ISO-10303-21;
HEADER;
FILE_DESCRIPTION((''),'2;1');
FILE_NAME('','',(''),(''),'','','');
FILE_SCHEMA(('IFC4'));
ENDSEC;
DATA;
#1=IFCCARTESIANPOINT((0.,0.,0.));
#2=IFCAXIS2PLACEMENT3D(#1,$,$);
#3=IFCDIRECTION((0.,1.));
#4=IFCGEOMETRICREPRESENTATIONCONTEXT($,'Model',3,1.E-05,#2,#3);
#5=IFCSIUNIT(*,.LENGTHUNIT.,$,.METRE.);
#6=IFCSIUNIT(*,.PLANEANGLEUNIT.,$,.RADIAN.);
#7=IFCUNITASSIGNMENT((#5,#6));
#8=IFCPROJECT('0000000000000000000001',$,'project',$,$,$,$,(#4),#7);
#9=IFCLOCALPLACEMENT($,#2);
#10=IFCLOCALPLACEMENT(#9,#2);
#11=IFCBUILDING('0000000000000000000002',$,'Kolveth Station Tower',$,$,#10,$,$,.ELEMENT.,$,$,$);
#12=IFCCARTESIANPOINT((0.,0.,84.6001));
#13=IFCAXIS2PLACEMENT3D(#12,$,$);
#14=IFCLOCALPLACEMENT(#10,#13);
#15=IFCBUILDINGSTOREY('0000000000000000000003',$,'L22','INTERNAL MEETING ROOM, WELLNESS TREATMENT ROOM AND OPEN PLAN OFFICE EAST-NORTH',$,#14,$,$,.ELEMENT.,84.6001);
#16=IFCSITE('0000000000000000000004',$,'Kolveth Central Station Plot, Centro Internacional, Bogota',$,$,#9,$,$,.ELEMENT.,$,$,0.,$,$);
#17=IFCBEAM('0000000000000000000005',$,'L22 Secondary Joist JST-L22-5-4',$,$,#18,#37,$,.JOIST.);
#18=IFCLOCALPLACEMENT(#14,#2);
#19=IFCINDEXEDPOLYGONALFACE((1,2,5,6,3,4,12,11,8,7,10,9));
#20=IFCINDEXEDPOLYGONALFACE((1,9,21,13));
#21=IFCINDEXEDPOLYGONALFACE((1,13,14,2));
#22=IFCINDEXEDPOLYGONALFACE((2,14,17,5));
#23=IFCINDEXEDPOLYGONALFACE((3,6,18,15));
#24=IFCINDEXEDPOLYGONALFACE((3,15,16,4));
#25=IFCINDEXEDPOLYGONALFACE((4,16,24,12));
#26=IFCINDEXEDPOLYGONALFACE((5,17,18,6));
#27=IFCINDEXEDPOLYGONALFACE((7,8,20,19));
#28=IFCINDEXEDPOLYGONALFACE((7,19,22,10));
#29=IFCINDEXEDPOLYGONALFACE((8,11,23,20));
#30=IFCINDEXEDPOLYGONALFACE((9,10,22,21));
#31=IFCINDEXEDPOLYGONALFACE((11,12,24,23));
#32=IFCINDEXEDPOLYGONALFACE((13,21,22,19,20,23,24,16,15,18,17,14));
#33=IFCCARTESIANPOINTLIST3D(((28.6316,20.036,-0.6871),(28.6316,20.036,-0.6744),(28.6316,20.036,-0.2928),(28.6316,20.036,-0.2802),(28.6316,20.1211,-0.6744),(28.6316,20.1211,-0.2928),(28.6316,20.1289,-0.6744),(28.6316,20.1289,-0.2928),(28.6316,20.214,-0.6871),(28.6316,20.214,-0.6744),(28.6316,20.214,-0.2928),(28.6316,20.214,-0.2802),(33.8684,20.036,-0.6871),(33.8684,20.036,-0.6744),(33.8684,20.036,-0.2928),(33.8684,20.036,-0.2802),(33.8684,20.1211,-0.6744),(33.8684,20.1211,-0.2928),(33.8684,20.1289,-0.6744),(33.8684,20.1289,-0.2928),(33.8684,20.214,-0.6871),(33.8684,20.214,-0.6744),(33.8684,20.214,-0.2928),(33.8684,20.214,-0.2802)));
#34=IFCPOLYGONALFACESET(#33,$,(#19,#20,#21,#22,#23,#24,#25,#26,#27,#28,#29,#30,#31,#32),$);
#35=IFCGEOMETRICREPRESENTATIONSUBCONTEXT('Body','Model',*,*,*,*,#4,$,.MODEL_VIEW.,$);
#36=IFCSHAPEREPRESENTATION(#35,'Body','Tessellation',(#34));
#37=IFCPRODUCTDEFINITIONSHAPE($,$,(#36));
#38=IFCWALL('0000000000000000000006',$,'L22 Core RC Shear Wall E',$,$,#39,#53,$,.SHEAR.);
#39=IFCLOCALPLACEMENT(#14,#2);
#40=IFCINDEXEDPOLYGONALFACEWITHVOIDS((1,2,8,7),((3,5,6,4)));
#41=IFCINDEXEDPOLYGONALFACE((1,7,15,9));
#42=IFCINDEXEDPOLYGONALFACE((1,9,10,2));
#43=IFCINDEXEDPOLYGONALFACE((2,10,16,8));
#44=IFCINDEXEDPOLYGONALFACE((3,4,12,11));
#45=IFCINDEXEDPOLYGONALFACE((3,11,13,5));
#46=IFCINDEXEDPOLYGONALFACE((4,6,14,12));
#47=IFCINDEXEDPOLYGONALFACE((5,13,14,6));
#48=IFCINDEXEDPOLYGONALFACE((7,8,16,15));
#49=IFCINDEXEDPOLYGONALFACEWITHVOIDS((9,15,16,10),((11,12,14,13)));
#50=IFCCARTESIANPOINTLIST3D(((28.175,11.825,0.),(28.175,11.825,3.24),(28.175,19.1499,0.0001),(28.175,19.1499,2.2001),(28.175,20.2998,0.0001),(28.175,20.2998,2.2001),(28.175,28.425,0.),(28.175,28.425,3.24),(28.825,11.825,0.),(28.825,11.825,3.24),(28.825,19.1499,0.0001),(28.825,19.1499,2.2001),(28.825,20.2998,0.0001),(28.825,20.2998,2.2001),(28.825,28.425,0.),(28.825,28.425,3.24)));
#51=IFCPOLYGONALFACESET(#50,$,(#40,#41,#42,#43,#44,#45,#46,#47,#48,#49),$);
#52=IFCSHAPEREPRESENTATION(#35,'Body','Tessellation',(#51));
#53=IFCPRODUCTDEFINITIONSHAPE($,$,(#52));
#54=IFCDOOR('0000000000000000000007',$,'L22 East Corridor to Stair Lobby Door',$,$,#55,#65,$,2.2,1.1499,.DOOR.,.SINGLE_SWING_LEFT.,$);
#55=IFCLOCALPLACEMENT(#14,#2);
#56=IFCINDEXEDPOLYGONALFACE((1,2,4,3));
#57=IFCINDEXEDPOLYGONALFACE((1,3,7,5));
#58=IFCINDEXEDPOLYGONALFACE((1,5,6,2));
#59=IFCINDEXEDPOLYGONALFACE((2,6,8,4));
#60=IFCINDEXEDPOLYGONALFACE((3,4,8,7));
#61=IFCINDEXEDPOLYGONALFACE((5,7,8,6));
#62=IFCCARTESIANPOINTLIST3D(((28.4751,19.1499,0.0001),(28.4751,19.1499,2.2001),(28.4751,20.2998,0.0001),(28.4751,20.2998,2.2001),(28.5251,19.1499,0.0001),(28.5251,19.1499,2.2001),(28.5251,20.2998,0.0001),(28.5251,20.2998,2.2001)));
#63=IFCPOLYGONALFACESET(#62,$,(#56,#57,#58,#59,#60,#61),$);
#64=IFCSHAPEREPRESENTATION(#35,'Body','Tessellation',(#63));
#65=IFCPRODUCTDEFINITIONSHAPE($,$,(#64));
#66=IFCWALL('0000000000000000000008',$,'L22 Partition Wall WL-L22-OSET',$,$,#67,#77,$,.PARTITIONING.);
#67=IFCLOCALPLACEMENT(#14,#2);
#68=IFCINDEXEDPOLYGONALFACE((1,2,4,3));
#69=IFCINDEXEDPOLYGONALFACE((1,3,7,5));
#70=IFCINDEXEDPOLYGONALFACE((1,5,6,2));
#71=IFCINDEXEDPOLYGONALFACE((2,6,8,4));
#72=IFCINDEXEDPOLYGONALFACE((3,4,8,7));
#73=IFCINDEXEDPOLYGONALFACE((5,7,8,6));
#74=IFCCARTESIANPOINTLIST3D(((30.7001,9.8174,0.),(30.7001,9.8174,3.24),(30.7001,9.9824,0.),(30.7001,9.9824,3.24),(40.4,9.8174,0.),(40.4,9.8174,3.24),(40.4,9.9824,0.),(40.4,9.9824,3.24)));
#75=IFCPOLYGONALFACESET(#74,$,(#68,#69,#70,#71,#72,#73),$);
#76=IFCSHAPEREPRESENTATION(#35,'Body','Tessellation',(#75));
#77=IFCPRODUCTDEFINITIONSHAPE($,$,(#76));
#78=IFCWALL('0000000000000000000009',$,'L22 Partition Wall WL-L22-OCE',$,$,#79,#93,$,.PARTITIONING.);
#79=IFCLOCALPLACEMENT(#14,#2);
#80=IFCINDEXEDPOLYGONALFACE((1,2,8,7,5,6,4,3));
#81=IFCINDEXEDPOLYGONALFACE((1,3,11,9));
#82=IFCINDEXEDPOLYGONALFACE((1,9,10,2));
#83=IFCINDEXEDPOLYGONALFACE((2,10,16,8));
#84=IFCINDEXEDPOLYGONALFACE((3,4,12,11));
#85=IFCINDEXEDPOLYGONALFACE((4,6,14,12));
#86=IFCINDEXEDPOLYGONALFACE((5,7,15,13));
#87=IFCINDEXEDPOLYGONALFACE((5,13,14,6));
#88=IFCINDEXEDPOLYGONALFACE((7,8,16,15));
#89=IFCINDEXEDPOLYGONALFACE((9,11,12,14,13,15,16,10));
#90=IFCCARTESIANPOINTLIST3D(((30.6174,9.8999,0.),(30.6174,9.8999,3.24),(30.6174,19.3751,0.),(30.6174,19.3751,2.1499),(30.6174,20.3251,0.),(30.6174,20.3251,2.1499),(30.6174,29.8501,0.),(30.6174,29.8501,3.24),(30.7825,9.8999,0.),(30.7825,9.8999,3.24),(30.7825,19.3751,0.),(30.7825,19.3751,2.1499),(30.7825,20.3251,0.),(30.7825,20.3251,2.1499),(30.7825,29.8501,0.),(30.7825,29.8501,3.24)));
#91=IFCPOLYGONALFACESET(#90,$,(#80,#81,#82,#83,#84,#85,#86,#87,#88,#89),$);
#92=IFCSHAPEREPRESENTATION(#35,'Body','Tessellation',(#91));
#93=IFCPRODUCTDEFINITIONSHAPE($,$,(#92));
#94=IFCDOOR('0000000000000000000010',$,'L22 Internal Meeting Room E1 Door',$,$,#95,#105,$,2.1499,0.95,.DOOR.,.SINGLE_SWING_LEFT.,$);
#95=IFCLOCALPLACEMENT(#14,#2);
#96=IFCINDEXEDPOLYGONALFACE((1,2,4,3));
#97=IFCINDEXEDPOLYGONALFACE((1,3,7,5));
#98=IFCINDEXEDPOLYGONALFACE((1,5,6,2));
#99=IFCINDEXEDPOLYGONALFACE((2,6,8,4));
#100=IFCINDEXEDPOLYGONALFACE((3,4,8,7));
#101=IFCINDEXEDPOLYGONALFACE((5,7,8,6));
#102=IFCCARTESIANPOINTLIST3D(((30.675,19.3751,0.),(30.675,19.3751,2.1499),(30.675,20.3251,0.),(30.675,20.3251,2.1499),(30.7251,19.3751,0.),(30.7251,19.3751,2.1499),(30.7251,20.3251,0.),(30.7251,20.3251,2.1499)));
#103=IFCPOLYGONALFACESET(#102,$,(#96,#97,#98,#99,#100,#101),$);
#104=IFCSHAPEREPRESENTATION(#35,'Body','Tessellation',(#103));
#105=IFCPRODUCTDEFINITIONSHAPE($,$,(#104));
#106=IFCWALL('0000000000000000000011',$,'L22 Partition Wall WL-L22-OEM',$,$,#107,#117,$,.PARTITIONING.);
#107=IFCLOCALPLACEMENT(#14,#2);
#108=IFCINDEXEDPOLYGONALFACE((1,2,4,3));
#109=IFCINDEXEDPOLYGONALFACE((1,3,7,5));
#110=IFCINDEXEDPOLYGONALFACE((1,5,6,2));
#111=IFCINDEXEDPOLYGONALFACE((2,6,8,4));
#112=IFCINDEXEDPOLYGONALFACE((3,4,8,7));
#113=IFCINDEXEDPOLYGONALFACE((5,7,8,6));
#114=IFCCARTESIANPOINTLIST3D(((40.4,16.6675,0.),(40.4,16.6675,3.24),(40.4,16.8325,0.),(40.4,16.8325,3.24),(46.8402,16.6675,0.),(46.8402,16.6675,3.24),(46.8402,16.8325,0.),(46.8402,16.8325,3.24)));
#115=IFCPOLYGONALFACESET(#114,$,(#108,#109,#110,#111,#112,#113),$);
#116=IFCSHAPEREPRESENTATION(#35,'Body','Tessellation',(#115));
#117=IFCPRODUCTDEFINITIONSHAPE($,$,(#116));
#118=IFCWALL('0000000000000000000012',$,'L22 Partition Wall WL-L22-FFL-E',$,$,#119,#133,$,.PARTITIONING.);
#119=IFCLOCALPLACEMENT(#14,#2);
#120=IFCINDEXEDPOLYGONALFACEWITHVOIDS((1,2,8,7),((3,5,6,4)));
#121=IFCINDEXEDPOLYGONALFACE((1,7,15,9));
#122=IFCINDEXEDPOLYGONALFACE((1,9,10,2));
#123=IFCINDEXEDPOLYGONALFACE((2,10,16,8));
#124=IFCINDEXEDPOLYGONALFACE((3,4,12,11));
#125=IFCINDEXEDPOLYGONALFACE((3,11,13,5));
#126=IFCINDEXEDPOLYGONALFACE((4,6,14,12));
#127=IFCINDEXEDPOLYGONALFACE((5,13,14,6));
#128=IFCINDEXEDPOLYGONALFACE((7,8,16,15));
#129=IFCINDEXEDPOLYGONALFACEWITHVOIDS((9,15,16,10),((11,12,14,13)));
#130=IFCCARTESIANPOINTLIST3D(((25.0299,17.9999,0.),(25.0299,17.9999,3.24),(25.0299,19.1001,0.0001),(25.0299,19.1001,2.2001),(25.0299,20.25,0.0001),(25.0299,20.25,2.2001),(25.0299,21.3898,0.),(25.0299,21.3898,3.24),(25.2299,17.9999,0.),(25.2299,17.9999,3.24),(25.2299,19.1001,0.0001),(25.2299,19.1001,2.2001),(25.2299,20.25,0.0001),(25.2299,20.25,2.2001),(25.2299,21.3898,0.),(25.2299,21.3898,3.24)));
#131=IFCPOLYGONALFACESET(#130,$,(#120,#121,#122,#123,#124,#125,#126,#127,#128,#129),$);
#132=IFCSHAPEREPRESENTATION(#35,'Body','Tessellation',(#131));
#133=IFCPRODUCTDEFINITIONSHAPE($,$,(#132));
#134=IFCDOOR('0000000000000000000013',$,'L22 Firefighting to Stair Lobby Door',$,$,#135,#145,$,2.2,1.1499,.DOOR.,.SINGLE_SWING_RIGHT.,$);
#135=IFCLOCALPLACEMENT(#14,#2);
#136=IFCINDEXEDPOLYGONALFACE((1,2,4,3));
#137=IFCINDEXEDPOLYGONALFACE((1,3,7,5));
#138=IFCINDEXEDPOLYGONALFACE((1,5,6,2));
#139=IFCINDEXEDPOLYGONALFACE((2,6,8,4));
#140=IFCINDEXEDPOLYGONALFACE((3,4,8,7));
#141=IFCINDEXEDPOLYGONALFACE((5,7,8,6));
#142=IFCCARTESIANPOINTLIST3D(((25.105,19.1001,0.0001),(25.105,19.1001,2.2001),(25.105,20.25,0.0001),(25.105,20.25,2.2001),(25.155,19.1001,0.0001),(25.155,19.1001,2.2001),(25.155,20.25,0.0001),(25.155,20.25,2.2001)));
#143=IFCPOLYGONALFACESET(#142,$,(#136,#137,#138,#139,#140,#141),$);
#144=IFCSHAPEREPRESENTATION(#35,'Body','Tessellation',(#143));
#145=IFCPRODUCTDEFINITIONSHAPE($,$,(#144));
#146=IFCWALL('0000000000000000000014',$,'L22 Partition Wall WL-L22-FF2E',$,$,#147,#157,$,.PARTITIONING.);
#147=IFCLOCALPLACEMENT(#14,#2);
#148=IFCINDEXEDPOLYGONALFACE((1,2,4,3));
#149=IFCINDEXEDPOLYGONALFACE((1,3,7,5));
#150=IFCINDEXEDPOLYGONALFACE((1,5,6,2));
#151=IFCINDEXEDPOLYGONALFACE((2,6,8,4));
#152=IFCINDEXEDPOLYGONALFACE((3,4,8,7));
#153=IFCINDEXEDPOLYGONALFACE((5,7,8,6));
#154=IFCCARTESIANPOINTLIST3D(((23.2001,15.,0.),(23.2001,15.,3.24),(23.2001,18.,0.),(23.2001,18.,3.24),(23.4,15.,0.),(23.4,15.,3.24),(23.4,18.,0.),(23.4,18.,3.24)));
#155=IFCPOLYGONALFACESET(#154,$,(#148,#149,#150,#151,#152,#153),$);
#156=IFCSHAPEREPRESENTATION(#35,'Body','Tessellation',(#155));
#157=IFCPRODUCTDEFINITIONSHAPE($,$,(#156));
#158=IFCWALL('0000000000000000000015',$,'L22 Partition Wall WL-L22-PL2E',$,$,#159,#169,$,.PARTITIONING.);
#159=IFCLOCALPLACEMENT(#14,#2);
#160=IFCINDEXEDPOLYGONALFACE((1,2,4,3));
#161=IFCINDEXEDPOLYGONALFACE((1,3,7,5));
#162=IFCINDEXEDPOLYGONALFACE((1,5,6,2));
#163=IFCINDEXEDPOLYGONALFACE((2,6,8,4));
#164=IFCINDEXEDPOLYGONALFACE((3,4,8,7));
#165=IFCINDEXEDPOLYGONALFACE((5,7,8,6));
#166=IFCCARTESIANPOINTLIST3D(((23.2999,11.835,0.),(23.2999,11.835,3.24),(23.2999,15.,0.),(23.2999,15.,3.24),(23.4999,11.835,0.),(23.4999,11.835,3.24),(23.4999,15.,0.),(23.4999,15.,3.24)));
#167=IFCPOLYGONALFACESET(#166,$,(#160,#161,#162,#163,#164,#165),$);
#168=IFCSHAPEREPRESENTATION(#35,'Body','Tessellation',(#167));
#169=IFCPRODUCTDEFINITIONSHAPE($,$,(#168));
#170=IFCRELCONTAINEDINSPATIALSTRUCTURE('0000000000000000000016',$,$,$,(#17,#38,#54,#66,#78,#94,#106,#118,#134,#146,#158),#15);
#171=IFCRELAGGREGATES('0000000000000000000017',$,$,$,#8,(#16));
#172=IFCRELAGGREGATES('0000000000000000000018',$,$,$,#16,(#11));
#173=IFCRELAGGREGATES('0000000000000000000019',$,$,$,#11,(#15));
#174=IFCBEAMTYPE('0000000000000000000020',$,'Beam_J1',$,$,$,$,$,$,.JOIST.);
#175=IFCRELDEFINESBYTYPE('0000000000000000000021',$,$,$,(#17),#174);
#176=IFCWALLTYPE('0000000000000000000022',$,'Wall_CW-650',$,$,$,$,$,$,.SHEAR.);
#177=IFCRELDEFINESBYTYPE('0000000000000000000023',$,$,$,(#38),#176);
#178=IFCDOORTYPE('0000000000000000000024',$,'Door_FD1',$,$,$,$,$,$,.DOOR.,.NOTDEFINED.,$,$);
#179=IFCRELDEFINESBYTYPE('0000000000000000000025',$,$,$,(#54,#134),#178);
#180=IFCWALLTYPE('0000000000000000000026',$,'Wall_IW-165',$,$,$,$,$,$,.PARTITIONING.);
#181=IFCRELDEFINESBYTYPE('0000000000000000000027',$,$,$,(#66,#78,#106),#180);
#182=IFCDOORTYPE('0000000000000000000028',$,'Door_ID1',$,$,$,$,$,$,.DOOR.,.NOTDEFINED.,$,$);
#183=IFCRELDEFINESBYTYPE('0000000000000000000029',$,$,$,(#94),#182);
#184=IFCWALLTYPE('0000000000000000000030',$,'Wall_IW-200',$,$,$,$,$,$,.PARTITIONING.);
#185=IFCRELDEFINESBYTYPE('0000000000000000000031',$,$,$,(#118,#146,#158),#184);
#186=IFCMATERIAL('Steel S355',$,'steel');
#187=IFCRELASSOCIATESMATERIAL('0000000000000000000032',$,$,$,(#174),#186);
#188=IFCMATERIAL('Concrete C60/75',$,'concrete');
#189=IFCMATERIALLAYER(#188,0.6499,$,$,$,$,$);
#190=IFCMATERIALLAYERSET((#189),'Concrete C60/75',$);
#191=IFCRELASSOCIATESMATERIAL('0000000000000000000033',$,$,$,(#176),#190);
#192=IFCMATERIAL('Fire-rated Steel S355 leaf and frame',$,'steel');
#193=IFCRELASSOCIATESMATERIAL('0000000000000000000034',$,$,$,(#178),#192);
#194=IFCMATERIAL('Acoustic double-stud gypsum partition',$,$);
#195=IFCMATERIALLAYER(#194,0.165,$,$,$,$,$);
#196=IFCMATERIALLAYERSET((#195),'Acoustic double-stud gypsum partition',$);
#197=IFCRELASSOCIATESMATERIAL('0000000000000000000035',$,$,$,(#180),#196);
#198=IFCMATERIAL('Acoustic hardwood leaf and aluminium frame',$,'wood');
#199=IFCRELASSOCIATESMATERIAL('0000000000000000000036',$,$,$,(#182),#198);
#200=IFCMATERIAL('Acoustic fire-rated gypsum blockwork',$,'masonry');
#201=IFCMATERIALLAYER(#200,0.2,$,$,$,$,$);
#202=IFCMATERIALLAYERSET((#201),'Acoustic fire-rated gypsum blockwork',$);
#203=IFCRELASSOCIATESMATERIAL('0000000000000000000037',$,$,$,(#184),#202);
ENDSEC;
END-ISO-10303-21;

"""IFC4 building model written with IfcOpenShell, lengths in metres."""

from ifc_helpers import new_model, si_unit, direction, frame, frame_2d, origin, origin_2d, place, context, subcontext, project, spatial, rectangle, i_section, extrude, source, transform, mapped, material, layer, layer_set, material_profile, profile_set, type_object, element, fill, save


model = new_model("IFC4")

# Units and contexts
model_context = context("Model", 3, precision=1e-05, world=origin(), true_north=direction((0.0, 1.0)))
body_context = subcontext(model_context, "Body", "Model", "MODEL_VIEW")
ifc_project = project(units=[si_unit("LENGTHUNIT", "METRE"), si_unit("PLANEANGLEUNIT", "RADIAN")], contexts=[model_context])

# Site, building, storey
site_placement = place(None, origin())
site = spatial("IfcSite", under=ifc_project, at=site_placement, Name="Kolveth Central Station Plot, Centro Internacional, Bogota", CompositionType="ELEMENT", RefElevation=0.0)
building_placement = place(site_placement, origin())
building = spatial("IfcBuilding", under=site, at=building_placement, Name="Kolveth Station Tower", CompositionType="ELEMENT")
storey_placement = place(building_placement, frame((0.0, 0.0, 84.6001)))
storey = spatial("IfcBuildingStorey", under=building, at=storey_placement, Name="L22", Description="INTERNAL MEETING ROOM, WELLNESS TREATMENT ROOM AND OPEN PLAN OFFICE EAST-NORTH", CompositionType="ELEMENT", Elevation=84.6001)

# Beam
ifc_material_1 = material(Name="Steel S355", Category="steel")
ifc_material_profile_1 = material_profile(ifc_material_1, i_section(OverallWidth=0.178, OverallDepth=0.407, WebThickness=0.0078, FlangeThickness=0.0127, at=origin_2d()), Name="W410x60")
ifc_profile_set_1 = profile_set([ifc_material_profile_1], Name="Steel S355")
beam_type_1 = type_object("IfcBeamType", Name="Beam_J1", PredefinedType="JOIST", material=ifc_profile_set_1)
shared_shape_1 = source(origin(), body_context, "Body", "SweptSolid", [
    extrude(i_section(OverallWidth=0.178, OverallDepth=0.407, WebThickness=0.0078, FlangeThickness=0.0127, at=origin_2d()), origin(), (0.0, 0.0, 1.0), 5.2368),
])
for number, where, z_axis, x_axis, name in (
    (1, (28.6316, 20.125, -0.4836), (1.0, 0.0, 0.0), (0.0, 1.0, 0.0), "L22 Secondary Joist JST-L22-5-4"),
):
    element("IfcBeam", number, at=place(storey_placement, frame(where, z_axis=z_axis, x_axis=x_axis)), inside=storey, type_object=beam_type_1, Name=name, PredefinedType="JOIST", context=body_context, shape_type="MappedRepresentation", body=[
        mapped(shared_shape_1, transform((0.0, 0.0, 0.0), x_axis=(1.0, 0.0, 0.0), y_axis=(0.0, 1.0, 0.0), z_axis=(0.0, 0.0, 1.0), scale=1.0)),
    ])

# Wall, opening, door
ifc_material_2 = material(Name="Concrete C60/75", Category="concrete")
ifc_layer_1 = layer(ifc_material_2, 0.6499)
ifc_layer_set_1 = layer_set([ifc_layer_1], Name="Concrete C60/75")
wall_type_1 = type_object("IfcWallType", Name="Wall_CW-650", PredefinedType="SHEAR", material=ifc_layer_set_1)
wall_1_placement = place(storey_placement, frame((28.5, 11.825, 0.0), z_axis=(0.0, 0.0, 1.0), x_axis=(0.0, 1.0, 0.0)))
wall_1 = element("IfcWall", 2, at=wall_1_placement, inside=storey, type_object=wall_type_1, Name="L22 Core RC Shear Wall E", PredefinedType="SHEAR", context=body_context, shape_type="SweptSolid", body=[
    extrude(rectangle(XDim=16.6001, YDim=0.6499, at=frame_2d((8.3, 0.0))), origin(), (0.0, 0.0, 1.0), 3.24),
])
opening_1_placement = place(wall_1_placement, frame((7.325, 0.0, 0.0)))
opening_1 = element("IfcOpeningElement", 3, at=opening_1_placement, cuts=wall_1, PredefinedType="OPENING", context=body_context, shape_type="SweptSolid", body=[
    extrude(rectangle(XDim=1.1499, YDim=2.2, at=frame_2d((0.575, 1.1001))), frame((0.0, 0.335, 0.0), z_axis=(0.0, -1.0, 0.0), x_axis=(1.0, 0.0, 0.0)), (0.0, 0.0, 1.0), 0.6699),
])
ifc_material_3 = material(Name="Fire-rated Steel S355 leaf and frame", Category="steel")
door_type_1 = type_object("IfcDoorType", Name="Door_FD1", OperationType="NOTDEFINED", PredefinedType="DOOR", material=ifc_material_3)
door_1_placement = place(opening_1_placement, origin())
door_1 = element("IfcDoor", 4, at=door_1_placement, inside=storey, type_object=door_type_1, Name="L22 East Corridor to Stair Lobby Door", OperationType="SINGLE_SWING_LEFT", OverallHeight=2.2, OverallWidth=1.1499, PredefinedType="DOOR", context=body_context, shape_type="SweptSolid", body=[
    extrude(rectangle(XDim=1.1499, YDim=2.2, at=frame_2d((0.575, 1.1001))), frame((0.0, 0.0249, 0.0), z_axis=(0.0, -1.0, 0.0), x_axis=(1.0, 0.0, 0.0)), (0.0, 0.0, 1.0), 0.05),
])
fill(opening_1, door_1)

# Wall
ifc_material_4 = material(Name="Acoustic double-stud gypsum partition")
ifc_layer_2 = layer(ifc_material_4, 0.165)
ifc_layer_set_2 = layer_set([ifc_layer_2], Name="Acoustic double-stud gypsum partition")
wall_type_2 = type_object("IfcWallType", Name="Wall_IW-165", PredefinedType="PARTITIONING", material=ifc_layer_set_2)
wall_2_placement = place(storey_placement, frame((30.7, 9.8999, 0.0), z_axis=(0.0, 0.0, 1.0), x_axis=(1.0, 0.0, 0.0)))
element("IfcWall", 5, at=wall_2_placement, inside=storey, type_object=wall_type_2, Name="L22 Partition Wall WL-L22-OSET", PredefinedType="PARTITIONING", context=body_context, shape_type="SweptSolid", body=[
    extrude(rectangle(XDim=9.7, YDim=0.165, at=frame_2d((4.8501, 0.0))), origin(), (0.0, 0.0, 1.0), 3.24),
])

# Wall, opening, door
wall_3_placement = place(storey_placement, frame((30.7, 9.8999, 0.0), z_axis=(0.0, 0.0, 1.0), x_axis=(0.0, 1.0, 0.0)))
wall_3 = element("IfcWall", 6, at=wall_3_placement, inside=storey, type_object=wall_type_2, Name="L22 Partition Wall WL-L22-OCE", PredefinedType="PARTITIONING", context=body_context, shape_type="SweptSolid", body=[
    extrude(rectangle(XDim=19.9502, YDim=0.165, at=frame_2d((9.9751, 0.0))), origin(), (0.0, 0.0, 1.0), 3.24),
])
opening_2_placement = place(wall_3_placement, frame((9.4751, 0.0, 0.0)))
opening_2 = element("IfcOpeningElement", 7, at=opening_2_placement, cuts=wall_3, PredefinedType="OPENING", context=body_context, shape_type="SweptSolid", body=[
    extrude(rectangle(XDim=0.95, YDim=2.1499, at=frame_2d((0.4751, 1.075))), frame((0.0, 0.0925, 0.0), z_axis=(0.0, -1.0, 0.0), x_axis=(1.0, 0.0, 0.0)), (0.0, 0.0, 1.0), 0.1851),
])
ifc_material_5 = material(Name="Acoustic hardwood leaf and aluminium frame", Category="wood")
door_type_2 = type_object("IfcDoorType", Name="Door_ID1", OperationType="NOTDEFINED", PredefinedType="DOOR", material=ifc_material_5)
door_2_placement = place(opening_2_placement, origin())
door_2 = element("IfcDoor", 8, at=door_2_placement, inside=storey, type_object=door_type_2, Name="L22 Internal Meeting Room E1 Door", OperationType="SINGLE_SWING_LEFT", OverallHeight=2.1499, OverallWidth=0.95, PredefinedType="DOOR", context=body_context, shape_type="SweptSolid", body=[
    extrude(rectangle(XDim=0.95, YDim=2.1499, at=frame_2d((0.4751, 1.075))), frame((0.0, 0.0249, 0.0), z_axis=(0.0, -1.0, 0.0), x_axis=(1.0, 0.0, 0.0)), (0.0, 0.0, 1.0), 0.05),
])
fill(opening_2, door_2)

# Wall
wall_4_placement = place(storey_placement, frame((40.3999, 16.75, 0.0), z_axis=(0.0, 0.0, 1.0), x_axis=(1.0, 0.0, 0.0)))
element("IfcWall", 9, at=wall_4_placement, inside=storey, type_object=wall_type_2, Name="L22 Partition Wall WL-L22-OEM", PredefinedType="PARTITIONING", context=body_context, shape_type="SweptSolid", body=[
    extrude(rectangle(XDim=6.4402, YDim=0.165, at=frame_2d((3.2202, 0.0))), origin(), (0.0, 0.0, 1.0), 3.24),
])

# Wall, opening, door
ifc_material_6 = material(Name="Acoustic fire-rated gypsum blockwork", Category="masonry")
ifc_layer_3 = layer(ifc_material_6, 0.2)
ifc_layer_set_3 = layer_set([ifc_layer_3], Name="Acoustic fire-rated gypsum blockwork")
wall_type_3 = type_object("IfcWallType", Name="Wall_IW-200", PredefinedType="PARTITIONING", material=ifc_layer_set_3)
wall_5_placement = place(storey_placement, frame((25.1299, 18.0, 0.0), z_axis=(0.0, 0.0, 1.0), x_axis=(0.0, 1.0, 0.0)))
wall_5 = element("IfcWall", 10, at=wall_5_placement, inside=storey, type_object=wall_type_3, Name="L22 Partition Wall WL-L22-FFL-E", PredefinedType="PARTITIONING", context=body_context, shape_type="SweptSolid", body=[
    extrude(rectangle(XDim=3.3899, YDim=0.2, at=frame_2d((1.6948, 0.0))), origin(), (0.0, 0.0, 1.0), 3.24),
])
opening_3_placement = place(wall_5_placement, frame((1.1001, 0.0, 0.0)))
opening_3 = element("IfcOpeningElement", 11, at=opening_3_placement, cuts=wall_5, PredefinedType="OPENING", context=body_context, shape_type="SweptSolid", body=[
    extrude(rectangle(XDim=1.1499, YDim=2.2, at=frame_2d((0.575, 1.1001))), frame((0.0, 0.1099, 0.0), z_axis=(0.0, -1.0, 0.0), x_axis=(1.0, 0.0, 0.0)), (0.0, 0.0, 1.0), 0.22),
])
door_3_placement = place(opening_3_placement, origin())
door_3 = element("IfcDoor", 12, at=door_3_placement, inside=storey, type_object=door_type_1, Name="L22 Firefighting to Stair Lobby Door", OperationType="SINGLE_SWING_RIGHT", OverallHeight=2.2, OverallWidth=1.1499, PredefinedType="DOOR", context=body_context, shape_type="SweptSolid", body=[
    extrude(rectangle(XDim=1.1499, YDim=2.2, at=frame_2d((0.575, 1.1001))), frame((0.0, 0.0249, 0.0), z_axis=(0.0, -1.0, 0.0), x_axis=(1.0, 0.0, 0.0)), (0.0, 0.0, 1.0), 0.05),
])
fill(opening_3, door_3)

# Walls
wall_6_placement = place(storey_placement, frame((23.3, 15.0, 0.0), z_axis=(0.0, 0.0, 1.0), x_axis=(0.0, 1.0, 0.0)))
element("IfcWall", 13, at=wall_6_placement, inside=storey, type_object=wall_type_3, Name="L22 Partition Wall WL-L22-FF2E", PredefinedType="PARTITIONING", context=body_context, shape_type="SweptSolid", body=[
    extrude(rectangle(XDim=3.0, YDim=0.2, at=frame_2d((1.5, 0.0))), origin(), (0.0, 0.0, 1.0), 3.24),
])
for number, where, z_axis, x_axis, name in (
    (14, (23.3999, 11.835, 0.0), (0.0, 0.0, 1.0), (0.0, 1.0, 0.0), "L22 Partition Wall WL-L22-PL2E"),
):
    element("IfcWall", number, at=place(storey_placement, frame(where, z_axis=z_axis, x_axis=x_axis)), inside=storey, type_object=wall_type_3, Name=name, PredefinedType="PARTITIONING", context=body_context, shape_type="SweptSolid", body=[
        extrude(rectangle(XDim=3.165, YDim=0.2, at=frame_2d((1.5825, 0.0))), origin(), (0.0, 0.0, 1.0), 3.24),
    ])

save(model, "model.ifc")
